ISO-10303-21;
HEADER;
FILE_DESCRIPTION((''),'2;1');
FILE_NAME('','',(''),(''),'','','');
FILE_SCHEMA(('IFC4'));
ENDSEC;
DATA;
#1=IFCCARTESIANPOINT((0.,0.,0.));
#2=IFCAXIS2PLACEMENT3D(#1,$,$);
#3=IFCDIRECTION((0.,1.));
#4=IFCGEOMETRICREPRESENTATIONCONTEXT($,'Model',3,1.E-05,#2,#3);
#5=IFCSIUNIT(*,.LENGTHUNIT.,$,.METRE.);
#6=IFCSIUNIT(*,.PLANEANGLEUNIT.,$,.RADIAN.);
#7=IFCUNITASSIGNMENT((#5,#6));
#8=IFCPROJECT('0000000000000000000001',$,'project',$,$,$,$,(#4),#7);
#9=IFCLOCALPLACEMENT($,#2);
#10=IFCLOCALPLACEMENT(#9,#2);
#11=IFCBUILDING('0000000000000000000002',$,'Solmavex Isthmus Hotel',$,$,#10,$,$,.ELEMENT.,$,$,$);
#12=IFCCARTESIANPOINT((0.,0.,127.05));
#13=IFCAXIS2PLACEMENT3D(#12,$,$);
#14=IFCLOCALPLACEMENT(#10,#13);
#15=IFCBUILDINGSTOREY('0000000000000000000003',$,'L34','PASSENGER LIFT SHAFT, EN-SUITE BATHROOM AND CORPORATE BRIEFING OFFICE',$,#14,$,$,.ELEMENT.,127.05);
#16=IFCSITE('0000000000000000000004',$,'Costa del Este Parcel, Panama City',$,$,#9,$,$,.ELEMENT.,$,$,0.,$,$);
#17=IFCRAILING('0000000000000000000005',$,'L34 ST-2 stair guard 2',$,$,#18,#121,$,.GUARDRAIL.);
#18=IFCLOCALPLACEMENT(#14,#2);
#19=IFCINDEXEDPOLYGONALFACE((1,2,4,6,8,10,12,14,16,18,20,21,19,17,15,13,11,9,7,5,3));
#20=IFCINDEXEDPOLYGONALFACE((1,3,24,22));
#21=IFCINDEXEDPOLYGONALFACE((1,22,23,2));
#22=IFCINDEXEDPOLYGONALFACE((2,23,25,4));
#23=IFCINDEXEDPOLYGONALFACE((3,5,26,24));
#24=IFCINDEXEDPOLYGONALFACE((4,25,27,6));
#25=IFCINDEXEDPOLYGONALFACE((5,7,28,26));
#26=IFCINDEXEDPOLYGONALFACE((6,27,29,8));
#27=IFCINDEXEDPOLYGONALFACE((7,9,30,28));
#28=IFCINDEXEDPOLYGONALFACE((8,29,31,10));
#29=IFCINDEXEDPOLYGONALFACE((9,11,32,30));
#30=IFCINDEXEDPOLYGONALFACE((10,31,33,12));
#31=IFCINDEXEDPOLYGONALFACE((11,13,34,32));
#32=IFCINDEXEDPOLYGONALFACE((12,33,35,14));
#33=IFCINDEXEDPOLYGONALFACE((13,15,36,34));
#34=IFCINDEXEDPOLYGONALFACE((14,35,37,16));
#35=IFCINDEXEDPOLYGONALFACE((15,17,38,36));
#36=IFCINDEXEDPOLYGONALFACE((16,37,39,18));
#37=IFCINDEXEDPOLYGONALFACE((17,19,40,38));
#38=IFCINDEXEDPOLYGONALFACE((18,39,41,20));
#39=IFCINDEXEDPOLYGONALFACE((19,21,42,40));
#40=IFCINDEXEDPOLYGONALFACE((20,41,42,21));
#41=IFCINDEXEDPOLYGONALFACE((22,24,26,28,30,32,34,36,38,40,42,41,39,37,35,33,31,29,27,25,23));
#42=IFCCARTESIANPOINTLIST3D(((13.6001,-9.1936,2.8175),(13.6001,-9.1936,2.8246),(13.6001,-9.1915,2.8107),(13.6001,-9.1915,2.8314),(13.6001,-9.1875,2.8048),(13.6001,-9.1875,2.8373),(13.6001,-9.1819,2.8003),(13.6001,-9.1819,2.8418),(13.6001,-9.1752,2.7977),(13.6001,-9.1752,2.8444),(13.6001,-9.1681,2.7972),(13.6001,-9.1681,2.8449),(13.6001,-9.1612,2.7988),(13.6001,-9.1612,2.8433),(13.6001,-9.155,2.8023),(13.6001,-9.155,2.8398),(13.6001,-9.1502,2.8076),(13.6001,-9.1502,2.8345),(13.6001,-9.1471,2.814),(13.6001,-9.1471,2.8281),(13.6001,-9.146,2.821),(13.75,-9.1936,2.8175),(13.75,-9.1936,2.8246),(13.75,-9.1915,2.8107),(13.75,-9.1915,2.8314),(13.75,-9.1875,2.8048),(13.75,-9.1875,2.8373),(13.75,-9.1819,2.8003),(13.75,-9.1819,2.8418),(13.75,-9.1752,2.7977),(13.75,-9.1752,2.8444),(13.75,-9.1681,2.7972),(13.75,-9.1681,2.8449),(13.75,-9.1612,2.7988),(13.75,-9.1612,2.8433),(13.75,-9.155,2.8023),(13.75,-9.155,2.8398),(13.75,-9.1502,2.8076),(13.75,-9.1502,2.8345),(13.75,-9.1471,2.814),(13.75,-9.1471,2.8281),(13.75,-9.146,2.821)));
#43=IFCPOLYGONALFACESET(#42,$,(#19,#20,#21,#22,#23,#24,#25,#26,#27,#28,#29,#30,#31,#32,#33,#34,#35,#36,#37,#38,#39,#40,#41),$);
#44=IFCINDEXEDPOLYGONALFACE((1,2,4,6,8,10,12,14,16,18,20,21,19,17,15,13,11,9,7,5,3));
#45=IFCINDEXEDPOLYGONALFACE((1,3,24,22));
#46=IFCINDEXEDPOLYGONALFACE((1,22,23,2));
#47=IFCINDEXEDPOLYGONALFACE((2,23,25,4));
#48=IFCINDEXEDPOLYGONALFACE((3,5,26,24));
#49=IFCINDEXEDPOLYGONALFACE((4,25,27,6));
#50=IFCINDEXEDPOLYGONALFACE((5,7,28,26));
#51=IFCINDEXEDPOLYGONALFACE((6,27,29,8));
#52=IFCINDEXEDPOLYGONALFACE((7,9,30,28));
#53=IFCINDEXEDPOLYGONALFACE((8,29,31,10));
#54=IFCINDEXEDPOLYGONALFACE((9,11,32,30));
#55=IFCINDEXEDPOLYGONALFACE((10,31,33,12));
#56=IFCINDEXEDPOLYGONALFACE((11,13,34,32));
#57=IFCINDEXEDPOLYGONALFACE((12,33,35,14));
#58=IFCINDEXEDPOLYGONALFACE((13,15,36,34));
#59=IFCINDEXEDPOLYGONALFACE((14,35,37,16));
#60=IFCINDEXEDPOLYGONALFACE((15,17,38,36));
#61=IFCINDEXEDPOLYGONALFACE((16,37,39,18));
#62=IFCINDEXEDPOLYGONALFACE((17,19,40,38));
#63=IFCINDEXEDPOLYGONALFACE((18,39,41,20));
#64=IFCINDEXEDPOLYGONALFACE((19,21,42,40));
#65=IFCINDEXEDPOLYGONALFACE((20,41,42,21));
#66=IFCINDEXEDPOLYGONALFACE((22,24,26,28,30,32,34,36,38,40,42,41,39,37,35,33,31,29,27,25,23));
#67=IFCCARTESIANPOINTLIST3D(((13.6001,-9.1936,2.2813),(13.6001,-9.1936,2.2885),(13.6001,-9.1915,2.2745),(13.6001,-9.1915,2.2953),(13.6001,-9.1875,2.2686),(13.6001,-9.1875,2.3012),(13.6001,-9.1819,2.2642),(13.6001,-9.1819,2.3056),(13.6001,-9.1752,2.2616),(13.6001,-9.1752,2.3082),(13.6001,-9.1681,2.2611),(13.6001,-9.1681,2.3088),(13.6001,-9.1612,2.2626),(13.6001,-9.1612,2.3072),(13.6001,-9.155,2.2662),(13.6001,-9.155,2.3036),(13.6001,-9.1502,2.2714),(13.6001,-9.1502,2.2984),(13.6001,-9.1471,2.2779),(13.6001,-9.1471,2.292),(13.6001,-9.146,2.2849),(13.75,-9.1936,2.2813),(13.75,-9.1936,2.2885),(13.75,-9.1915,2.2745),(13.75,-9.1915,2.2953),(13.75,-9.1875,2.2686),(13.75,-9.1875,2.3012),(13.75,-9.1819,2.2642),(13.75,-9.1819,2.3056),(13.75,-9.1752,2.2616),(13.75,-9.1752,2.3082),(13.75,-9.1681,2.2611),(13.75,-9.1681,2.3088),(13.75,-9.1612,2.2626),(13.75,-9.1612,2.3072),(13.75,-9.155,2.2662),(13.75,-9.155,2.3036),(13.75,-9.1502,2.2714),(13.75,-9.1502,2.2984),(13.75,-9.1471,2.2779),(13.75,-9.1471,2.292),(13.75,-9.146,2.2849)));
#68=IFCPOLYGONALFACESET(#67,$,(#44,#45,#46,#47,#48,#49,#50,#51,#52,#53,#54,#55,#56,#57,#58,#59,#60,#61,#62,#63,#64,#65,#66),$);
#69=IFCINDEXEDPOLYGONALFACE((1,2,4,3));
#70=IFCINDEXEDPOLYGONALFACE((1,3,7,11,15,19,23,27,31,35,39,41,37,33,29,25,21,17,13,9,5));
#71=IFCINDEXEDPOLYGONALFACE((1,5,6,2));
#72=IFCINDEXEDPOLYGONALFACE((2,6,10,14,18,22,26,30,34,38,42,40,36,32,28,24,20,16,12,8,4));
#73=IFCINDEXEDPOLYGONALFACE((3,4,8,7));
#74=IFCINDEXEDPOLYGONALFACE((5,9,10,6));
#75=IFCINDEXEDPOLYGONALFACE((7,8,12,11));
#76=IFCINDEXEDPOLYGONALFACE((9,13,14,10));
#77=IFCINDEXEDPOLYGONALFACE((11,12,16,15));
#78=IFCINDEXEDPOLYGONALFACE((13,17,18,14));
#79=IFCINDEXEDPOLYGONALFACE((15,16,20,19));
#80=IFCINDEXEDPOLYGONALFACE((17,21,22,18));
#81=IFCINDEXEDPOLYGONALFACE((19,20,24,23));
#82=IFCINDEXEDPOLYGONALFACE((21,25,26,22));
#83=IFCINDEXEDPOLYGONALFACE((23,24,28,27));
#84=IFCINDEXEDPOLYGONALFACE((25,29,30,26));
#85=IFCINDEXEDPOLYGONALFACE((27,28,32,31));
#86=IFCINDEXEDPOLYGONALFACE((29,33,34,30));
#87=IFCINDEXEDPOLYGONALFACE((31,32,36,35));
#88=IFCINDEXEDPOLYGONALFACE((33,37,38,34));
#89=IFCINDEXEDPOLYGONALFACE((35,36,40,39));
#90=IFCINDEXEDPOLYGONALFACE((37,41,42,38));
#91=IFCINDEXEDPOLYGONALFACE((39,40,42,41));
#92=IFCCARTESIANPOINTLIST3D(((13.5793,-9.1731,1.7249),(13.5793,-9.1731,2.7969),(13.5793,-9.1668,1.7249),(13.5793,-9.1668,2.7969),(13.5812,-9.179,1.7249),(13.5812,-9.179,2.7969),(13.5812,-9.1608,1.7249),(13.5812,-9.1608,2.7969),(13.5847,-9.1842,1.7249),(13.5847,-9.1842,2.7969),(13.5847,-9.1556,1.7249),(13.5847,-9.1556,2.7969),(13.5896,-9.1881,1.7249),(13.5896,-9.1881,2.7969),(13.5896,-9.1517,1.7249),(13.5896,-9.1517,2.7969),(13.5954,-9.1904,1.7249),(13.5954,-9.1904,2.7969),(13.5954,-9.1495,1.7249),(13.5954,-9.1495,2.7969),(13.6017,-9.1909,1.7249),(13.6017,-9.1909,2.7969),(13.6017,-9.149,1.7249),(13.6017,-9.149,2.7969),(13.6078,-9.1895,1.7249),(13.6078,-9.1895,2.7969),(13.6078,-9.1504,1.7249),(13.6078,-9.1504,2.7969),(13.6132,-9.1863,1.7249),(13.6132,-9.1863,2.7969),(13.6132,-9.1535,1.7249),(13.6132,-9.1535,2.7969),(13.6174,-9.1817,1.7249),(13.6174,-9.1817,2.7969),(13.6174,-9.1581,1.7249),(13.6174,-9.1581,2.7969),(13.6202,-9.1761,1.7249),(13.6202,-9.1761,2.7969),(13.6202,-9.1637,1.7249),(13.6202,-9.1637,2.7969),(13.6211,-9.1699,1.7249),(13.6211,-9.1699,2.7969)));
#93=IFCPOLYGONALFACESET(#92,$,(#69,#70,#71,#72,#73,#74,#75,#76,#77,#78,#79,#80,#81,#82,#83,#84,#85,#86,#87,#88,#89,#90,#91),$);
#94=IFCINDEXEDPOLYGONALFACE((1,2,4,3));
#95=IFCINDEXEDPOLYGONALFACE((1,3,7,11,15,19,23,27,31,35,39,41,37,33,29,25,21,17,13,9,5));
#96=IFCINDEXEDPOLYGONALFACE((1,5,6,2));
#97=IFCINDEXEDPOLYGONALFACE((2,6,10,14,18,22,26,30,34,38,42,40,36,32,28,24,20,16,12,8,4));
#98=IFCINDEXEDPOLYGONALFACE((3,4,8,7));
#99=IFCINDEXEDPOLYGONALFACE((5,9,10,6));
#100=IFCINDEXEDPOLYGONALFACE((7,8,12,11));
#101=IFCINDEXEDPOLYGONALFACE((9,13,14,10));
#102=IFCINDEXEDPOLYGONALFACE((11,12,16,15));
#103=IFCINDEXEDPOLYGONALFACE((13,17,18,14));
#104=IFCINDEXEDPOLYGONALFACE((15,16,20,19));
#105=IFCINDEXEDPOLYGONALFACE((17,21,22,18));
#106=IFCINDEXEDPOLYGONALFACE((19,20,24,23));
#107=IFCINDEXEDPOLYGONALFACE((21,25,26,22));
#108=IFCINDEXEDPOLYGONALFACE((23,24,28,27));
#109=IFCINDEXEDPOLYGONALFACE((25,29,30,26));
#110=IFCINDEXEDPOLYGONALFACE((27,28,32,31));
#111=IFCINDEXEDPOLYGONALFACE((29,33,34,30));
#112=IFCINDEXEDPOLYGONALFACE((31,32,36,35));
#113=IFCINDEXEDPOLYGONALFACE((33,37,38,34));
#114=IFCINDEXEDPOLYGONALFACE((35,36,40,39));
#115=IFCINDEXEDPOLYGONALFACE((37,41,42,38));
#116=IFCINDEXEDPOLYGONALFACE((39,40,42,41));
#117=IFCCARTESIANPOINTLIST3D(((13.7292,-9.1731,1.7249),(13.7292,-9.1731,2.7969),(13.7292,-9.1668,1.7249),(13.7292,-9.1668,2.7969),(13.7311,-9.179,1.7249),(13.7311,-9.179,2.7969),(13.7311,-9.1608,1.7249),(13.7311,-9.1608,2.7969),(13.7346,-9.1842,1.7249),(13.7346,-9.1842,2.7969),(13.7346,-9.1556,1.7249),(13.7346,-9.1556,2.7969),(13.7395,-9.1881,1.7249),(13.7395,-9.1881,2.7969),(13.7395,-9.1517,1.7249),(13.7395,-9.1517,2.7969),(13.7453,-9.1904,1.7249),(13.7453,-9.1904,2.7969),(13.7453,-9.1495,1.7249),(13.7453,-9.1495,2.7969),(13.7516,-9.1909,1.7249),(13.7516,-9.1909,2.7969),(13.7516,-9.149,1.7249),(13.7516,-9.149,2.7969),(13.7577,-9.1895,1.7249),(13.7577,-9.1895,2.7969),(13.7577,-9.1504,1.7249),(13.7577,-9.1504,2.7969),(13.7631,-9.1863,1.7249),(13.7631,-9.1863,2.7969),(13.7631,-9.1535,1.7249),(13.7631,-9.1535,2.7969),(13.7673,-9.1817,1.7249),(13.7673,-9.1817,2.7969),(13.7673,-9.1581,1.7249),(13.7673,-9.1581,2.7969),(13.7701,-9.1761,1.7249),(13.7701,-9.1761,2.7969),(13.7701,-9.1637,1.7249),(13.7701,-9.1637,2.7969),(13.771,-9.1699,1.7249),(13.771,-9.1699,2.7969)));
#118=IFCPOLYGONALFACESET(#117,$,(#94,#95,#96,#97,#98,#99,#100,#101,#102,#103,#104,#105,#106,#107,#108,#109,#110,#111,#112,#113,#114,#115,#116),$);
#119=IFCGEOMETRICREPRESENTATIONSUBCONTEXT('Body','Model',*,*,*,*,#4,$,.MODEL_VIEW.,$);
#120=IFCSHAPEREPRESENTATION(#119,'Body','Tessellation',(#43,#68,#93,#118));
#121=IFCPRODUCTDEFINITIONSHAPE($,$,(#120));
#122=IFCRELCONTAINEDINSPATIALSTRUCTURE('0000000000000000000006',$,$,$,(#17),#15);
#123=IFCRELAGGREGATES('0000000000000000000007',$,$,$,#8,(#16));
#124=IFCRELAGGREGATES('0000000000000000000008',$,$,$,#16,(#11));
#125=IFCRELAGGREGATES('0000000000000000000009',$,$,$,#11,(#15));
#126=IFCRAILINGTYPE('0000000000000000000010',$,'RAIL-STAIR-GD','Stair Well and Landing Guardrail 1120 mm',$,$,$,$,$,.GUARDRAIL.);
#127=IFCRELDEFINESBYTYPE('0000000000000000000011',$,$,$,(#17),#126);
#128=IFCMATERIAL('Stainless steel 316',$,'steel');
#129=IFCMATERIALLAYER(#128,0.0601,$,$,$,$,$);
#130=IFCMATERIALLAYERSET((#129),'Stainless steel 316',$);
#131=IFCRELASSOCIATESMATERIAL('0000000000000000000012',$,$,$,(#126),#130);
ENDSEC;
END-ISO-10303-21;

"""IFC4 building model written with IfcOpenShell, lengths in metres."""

from ifc_helpers import new_model, si_unit, direction, frame, origin, origin_2d, place, context, subcontext, project, spatial, circle, extrude, material, layer, layer_set, type_object, element, save


model = new_model("IFC4")

# Units and contexts
model_context = context("Model", 3, precision=1e-05, world=origin(), true_north=direction((0.0, 1.0)))
body_context = subcontext(model_context, "Body", "Model", "MODEL_VIEW")
ifc_project = project(units=[si_unit("LENGTHUNIT", "METRE"), si_unit("PLANEANGLEUNIT", "RADIAN")], contexts=[model_context])

# Site, building, storey
site_placement = place(None, origin())
site = spatial("IfcSite", under=ifc_project, at=site_placement, Name="Costa del Este Parcel, Panama City", CompositionType="ELEMENT", RefElevation=0.0)
building_placement = place(site_placement, origin())
building = spatial("IfcBuilding", under=site, at=building_placement, Name="Solmavex Isthmus Hotel", CompositionType="ELEMENT")
storey_placement = place(building_placement, frame((0.0, 0.0, 127.05)))
storey = spatial("IfcBuildingStorey", under=building, at=storey_placement, Name="L34", Description="PASSENGER LIFT SHAFT, EN-SUITE BATHROOM AND CORPORATE BRIEFING OFFICE", CompositionType="ELEMENT", Elevation=127.05)

# Shared definitions
ifc_material_1 = material(Name="Stainless steel 316", Category="steel")

# Railing
ifc_layer_1 = layer(ifc_material_1, 0.0601)
ifc_layer_set_1 = layer_set([ifc_layer_1], Name="Stainless steel 316")
railing_type_1 = type_object("IfcRailingType", Name="RAIL-STAIR-GD", Description="Stair Well and Landing Guardrail 1120 mm", PredefinedType="GUARDRAIL", material=ifc_layer_set_1)
railing_1_placement = place(storey_placement, frame((13.6001, -9.1699, 1.7249)))
element("IfcRailing", 1, at=railing_1_placement, inside=storey, type_object=railing_type_1, Name="L34 ST-2 stair guard 2", PredefinedType="GUARDRAIL", context=body_context, shape_type="SweptSolid", body=[
    extrude(circle(Radius=0.0239, at=origin_2d()), frame((0.0, 0.0, 1.0962), z_axis=(1.0, 0.0, 0.0), x_axis=(0.0, 1.0, 0.0)), (0.0, 0.0, 1.0), 0.1499),
    extrude(circle(Radius=0.0239, at=origin_2d()), frame((0.0, 0.0, 0.5601), z_axis=(1.0, 0.0, 0.0), x_axis=(0.0, 1.0, 0.0)), (0.0, 0.0, 1.0), 0.1499),
    extrude(circle(Radius=0.021, at=origin_2d()), origin(), (0.0, 0.0, 1.0), 1.072),
    extrude(circle(Radius=0.021, at=origin_2d()), frame((0.1499, 0.0, 0.0)), (0.0, 0.0, 1.0), 1.072),
])

save(model, "model.ifc")
